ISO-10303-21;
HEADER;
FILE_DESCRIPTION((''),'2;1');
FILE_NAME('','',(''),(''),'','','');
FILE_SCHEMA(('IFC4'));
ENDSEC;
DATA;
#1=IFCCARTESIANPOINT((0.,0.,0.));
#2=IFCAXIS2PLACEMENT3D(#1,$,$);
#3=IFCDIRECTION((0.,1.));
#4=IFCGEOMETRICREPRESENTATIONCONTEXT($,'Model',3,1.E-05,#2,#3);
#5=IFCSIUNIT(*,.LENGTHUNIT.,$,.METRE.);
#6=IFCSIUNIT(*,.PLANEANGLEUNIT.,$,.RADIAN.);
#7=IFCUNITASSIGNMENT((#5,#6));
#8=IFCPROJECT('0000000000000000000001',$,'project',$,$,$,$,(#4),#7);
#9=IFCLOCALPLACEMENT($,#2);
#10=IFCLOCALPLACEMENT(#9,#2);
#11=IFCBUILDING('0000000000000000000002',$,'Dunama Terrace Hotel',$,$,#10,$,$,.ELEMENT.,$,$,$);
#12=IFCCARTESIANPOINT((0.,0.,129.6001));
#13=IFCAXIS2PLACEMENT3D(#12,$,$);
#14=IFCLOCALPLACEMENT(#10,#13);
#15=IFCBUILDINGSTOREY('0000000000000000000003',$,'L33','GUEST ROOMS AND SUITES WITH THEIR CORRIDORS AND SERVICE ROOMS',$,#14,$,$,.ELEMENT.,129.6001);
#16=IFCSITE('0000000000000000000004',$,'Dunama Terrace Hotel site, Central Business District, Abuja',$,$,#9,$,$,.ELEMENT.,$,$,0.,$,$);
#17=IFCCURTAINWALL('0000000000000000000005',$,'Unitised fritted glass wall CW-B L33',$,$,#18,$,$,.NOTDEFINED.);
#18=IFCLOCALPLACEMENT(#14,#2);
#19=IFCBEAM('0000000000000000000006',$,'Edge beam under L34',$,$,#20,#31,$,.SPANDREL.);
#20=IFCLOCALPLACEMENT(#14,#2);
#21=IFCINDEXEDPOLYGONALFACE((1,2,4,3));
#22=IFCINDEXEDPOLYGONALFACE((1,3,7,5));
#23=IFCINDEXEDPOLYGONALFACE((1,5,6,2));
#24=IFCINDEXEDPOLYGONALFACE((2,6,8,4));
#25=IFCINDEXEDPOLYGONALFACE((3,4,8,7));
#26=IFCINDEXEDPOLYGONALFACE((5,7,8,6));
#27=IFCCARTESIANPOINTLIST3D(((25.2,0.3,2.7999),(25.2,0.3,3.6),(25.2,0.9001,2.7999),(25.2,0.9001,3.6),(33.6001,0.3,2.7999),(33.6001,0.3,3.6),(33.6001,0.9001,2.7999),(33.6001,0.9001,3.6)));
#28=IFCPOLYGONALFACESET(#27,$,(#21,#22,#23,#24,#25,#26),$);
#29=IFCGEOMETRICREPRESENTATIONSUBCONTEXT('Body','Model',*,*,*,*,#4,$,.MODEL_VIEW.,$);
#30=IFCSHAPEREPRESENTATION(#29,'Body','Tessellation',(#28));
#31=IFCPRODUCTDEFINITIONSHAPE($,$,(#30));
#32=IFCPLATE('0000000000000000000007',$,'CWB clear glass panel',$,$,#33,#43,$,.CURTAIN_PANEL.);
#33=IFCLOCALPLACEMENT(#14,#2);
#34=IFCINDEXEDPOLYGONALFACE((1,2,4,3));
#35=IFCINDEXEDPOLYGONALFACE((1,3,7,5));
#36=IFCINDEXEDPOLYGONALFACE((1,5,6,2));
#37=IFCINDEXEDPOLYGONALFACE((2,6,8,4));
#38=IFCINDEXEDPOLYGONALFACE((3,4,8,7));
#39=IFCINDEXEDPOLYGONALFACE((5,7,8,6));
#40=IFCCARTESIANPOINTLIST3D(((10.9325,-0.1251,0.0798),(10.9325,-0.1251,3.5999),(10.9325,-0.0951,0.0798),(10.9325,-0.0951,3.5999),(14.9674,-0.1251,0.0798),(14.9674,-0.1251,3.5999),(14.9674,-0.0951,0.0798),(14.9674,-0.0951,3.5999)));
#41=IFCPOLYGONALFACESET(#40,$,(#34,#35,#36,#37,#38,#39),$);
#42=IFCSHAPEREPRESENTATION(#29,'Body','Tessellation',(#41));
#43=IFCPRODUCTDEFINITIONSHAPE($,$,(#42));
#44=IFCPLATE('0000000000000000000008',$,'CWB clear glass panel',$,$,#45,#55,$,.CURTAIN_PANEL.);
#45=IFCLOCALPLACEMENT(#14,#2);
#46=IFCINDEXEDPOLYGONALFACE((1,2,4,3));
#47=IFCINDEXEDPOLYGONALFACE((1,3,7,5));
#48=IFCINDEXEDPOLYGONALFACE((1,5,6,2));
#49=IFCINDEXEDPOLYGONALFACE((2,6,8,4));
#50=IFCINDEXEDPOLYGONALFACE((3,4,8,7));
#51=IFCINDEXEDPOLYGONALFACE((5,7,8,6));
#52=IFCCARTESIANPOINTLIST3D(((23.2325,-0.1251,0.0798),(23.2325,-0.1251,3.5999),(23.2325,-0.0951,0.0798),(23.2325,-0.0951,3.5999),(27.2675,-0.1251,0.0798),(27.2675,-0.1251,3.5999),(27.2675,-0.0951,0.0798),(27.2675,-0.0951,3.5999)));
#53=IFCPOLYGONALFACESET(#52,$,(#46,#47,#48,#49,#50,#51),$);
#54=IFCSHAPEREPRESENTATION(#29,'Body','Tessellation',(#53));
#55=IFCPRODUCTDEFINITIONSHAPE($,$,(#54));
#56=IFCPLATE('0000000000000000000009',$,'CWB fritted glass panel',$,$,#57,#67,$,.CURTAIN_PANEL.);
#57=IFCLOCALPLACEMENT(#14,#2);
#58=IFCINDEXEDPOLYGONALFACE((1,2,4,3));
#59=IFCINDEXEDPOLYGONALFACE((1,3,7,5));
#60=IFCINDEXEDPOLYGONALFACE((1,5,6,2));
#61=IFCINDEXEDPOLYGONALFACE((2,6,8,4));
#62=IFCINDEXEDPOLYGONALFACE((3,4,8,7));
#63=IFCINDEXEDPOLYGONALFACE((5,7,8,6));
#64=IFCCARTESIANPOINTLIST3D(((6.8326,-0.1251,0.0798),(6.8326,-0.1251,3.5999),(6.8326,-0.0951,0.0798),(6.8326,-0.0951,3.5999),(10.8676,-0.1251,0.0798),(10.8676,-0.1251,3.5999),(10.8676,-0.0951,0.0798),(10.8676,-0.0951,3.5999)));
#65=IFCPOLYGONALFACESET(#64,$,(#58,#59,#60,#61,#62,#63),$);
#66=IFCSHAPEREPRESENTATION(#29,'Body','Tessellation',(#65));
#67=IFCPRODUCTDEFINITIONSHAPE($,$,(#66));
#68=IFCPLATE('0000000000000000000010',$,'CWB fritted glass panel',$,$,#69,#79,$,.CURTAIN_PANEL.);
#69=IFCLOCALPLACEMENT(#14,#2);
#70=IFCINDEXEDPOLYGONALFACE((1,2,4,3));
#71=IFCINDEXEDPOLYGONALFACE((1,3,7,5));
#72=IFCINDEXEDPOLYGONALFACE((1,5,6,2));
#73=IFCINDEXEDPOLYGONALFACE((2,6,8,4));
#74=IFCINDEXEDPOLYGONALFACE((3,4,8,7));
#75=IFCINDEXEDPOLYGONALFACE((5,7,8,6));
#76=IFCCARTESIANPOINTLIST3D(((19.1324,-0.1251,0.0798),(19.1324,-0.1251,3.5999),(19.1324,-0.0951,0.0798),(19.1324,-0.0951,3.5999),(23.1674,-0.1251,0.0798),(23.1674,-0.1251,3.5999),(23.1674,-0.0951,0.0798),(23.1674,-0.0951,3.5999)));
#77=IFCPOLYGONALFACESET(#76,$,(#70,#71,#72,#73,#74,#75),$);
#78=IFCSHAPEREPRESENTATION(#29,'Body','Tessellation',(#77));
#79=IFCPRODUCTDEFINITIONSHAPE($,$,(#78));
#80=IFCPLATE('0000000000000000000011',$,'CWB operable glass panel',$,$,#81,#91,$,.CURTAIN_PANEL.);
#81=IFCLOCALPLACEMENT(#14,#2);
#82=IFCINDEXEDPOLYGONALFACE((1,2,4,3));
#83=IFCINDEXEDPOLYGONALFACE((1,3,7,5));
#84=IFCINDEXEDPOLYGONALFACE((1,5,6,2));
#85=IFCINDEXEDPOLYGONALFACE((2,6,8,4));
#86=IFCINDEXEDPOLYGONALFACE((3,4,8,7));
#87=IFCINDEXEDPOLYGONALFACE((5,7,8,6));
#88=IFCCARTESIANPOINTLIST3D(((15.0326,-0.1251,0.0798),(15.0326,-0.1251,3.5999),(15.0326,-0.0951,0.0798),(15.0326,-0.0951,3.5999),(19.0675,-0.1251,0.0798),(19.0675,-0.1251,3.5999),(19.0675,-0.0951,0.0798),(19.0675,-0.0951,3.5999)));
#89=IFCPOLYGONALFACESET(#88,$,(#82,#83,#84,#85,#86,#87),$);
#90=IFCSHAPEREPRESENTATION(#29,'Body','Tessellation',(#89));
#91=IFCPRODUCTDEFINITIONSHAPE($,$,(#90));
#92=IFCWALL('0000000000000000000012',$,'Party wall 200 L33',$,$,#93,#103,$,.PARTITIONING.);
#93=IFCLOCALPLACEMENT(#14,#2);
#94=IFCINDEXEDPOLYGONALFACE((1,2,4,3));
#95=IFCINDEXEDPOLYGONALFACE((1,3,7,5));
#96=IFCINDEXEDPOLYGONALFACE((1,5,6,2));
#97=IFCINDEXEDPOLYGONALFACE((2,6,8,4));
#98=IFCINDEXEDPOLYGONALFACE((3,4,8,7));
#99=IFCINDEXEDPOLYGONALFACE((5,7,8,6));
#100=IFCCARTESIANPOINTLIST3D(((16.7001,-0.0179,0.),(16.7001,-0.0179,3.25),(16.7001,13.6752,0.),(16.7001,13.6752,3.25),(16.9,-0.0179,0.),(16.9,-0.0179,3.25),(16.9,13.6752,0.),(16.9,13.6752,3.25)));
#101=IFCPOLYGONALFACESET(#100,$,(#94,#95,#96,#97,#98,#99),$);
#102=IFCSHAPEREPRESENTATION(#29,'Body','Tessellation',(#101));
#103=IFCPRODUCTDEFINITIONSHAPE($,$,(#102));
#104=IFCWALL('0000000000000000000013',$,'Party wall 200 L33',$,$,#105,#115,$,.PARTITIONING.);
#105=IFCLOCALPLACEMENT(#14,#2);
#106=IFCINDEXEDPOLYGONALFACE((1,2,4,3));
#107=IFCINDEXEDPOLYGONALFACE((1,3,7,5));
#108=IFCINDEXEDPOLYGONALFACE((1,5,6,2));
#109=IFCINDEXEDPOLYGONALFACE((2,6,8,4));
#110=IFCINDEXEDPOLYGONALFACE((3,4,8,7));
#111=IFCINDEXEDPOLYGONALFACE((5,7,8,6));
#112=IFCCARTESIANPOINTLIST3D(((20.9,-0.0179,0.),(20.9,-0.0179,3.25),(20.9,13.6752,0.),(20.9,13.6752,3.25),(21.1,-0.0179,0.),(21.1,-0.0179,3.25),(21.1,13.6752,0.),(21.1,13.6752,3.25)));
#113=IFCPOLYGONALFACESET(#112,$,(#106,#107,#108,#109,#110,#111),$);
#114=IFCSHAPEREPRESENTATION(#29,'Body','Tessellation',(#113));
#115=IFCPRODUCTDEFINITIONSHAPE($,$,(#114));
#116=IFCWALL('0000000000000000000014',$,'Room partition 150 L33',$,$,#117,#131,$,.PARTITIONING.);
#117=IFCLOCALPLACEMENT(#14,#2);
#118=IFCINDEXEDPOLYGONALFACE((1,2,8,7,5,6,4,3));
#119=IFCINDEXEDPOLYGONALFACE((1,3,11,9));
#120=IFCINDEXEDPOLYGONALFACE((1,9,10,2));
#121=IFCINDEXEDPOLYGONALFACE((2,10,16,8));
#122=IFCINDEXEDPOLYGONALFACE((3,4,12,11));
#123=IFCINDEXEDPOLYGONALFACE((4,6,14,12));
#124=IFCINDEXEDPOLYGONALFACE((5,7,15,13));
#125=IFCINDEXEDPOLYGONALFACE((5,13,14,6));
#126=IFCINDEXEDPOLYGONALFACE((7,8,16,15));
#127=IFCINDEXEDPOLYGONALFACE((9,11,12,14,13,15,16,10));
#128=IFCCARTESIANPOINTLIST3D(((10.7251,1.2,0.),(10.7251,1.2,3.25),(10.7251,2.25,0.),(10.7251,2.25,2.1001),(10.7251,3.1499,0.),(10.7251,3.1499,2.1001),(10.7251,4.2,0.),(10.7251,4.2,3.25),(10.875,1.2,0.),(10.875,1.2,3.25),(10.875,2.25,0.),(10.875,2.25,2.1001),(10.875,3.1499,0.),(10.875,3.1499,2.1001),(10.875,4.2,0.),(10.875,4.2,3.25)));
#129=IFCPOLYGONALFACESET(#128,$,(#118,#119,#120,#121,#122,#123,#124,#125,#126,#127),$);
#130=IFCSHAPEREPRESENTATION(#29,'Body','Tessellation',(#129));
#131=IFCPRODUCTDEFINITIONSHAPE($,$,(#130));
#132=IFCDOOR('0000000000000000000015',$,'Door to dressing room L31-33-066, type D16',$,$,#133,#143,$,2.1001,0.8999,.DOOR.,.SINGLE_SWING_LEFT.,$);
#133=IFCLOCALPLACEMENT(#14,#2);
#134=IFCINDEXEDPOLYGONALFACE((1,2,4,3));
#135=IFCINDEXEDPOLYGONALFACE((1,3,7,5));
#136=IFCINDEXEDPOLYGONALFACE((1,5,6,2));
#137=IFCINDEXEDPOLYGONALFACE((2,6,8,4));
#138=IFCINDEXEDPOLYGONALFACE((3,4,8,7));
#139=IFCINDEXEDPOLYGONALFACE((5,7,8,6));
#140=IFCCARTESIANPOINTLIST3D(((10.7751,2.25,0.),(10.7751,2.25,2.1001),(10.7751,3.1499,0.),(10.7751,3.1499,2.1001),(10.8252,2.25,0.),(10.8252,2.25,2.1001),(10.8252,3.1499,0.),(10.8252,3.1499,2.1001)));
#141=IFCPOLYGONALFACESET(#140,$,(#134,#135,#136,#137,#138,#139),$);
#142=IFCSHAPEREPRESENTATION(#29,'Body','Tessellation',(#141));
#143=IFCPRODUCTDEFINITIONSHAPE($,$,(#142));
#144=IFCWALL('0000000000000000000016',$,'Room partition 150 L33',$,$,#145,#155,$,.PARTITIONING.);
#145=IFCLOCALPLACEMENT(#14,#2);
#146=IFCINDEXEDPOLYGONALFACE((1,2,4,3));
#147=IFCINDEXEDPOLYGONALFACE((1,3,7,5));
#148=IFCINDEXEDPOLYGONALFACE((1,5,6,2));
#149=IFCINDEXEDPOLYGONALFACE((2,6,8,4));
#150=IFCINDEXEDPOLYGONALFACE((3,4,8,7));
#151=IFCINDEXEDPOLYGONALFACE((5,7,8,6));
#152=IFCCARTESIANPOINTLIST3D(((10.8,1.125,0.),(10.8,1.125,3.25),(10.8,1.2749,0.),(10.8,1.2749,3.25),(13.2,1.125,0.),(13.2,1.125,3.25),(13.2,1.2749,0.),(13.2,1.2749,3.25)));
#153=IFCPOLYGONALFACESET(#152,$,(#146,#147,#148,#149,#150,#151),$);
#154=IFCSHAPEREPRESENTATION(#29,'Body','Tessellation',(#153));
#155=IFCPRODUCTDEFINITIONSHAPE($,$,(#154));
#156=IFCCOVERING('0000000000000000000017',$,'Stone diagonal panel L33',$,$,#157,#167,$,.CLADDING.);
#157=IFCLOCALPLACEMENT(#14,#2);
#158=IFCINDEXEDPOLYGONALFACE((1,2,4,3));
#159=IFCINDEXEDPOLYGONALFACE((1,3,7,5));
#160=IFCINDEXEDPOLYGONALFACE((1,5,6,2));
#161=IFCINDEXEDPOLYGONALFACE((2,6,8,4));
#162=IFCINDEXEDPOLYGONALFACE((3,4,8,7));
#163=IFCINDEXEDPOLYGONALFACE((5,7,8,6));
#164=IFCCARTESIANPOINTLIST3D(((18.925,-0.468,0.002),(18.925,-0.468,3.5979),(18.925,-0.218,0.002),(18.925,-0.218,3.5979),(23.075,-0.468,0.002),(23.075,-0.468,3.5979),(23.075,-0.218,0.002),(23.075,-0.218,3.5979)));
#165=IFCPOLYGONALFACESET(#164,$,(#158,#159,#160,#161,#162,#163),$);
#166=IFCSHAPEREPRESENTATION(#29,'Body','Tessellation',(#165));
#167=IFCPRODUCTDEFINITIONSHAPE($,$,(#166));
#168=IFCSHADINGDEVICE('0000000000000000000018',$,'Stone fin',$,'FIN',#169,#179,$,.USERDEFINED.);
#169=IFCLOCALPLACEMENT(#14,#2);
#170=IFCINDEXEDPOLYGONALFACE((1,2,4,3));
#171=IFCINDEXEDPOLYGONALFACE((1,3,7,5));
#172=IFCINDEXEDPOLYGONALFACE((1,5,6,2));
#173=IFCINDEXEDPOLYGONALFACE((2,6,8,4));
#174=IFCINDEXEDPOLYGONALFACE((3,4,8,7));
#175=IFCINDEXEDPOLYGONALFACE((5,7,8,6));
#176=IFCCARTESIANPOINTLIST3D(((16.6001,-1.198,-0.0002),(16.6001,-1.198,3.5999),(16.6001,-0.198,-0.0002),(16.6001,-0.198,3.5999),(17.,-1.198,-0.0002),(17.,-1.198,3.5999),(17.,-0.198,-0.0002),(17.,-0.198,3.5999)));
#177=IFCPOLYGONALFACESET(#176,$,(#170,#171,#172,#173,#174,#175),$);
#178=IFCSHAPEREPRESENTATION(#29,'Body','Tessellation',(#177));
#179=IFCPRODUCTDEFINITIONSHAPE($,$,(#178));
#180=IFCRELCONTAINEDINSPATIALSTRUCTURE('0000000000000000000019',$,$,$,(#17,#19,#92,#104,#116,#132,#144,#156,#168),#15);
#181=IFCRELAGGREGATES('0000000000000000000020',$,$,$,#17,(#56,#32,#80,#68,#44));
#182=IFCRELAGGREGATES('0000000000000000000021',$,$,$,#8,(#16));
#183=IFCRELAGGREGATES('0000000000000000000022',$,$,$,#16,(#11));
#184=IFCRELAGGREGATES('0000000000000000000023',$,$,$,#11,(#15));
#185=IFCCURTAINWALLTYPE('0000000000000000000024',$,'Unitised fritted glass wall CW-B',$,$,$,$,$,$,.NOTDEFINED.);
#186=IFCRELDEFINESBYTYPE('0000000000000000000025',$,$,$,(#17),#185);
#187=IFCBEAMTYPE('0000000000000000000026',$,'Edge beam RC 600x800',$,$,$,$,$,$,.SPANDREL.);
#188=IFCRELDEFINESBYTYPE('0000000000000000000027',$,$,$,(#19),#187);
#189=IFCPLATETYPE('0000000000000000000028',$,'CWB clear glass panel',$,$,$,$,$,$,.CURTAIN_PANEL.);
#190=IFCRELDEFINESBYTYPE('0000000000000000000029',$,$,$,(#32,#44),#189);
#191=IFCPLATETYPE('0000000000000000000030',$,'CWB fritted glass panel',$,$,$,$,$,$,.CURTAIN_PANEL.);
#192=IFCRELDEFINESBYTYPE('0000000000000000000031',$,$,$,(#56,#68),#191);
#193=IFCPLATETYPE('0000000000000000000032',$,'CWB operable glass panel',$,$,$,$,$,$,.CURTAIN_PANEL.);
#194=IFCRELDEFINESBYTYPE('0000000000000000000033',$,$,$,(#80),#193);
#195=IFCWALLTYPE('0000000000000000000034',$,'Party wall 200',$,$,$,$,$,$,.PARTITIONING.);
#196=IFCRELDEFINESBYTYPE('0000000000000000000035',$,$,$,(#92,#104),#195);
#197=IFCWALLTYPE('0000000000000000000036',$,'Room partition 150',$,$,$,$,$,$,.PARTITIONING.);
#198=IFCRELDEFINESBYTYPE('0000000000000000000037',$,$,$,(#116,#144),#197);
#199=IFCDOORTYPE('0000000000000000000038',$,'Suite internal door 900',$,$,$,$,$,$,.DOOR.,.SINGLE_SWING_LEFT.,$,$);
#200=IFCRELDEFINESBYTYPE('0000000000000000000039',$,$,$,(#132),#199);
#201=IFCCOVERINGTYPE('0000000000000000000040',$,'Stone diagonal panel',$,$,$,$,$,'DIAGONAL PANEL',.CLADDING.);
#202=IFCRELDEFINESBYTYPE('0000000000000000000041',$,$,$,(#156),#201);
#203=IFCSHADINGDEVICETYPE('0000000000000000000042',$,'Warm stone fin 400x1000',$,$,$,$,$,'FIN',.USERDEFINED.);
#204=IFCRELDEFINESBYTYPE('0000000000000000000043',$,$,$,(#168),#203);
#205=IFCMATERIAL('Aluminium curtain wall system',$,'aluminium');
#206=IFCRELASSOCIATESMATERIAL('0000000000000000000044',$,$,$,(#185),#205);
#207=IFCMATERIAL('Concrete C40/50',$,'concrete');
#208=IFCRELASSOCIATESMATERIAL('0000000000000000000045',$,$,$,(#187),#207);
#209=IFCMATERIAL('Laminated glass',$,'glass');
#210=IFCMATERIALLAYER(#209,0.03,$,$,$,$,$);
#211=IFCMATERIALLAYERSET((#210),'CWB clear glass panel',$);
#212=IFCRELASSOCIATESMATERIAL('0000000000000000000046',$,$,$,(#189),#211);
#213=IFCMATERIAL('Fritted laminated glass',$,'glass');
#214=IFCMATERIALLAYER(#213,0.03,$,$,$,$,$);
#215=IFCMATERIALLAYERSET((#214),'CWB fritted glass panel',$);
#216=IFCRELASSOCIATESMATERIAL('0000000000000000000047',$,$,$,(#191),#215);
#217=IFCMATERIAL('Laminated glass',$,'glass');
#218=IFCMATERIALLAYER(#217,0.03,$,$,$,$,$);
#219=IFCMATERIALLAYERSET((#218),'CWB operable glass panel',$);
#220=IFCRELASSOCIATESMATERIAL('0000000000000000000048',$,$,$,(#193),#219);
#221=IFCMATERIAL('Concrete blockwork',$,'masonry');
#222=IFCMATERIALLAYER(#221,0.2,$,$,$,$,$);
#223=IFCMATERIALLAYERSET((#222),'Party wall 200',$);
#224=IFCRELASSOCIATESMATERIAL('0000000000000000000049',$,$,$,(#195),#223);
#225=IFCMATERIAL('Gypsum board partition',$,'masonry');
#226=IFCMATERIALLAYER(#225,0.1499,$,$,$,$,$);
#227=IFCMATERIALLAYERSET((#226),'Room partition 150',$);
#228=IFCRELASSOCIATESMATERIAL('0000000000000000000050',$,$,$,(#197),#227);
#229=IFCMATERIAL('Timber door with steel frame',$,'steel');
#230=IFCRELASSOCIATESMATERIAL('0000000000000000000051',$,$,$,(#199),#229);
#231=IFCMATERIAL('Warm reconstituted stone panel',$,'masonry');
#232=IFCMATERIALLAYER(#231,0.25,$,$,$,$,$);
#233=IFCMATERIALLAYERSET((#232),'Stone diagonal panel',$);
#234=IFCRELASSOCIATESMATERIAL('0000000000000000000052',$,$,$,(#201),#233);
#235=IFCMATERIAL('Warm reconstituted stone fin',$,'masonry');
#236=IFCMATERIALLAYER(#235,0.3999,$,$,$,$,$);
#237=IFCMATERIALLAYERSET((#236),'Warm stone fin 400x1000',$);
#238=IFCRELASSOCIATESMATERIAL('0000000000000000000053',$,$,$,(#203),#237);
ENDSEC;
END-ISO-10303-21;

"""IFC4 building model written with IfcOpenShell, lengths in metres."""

from ifc_helpers import new_model, si_unit, direction, frame, frame_2d, origin, origin_2d, place, context, subcontext, project, spatial, rectangle, extrude, material, layer, layer_set, material_profile, profile_set, type_object, element, fill, aggregate, save


model = new_model("IFC4")

# Units and contexts
model_context = context("Model", 3, precision=1e-05, world=origin(), true_north=direction((0.0, 1.0)))
body_context = subcontext(model_context, "Body", "Model", "MODEL_VIEW")
ifc_project = project(units=[si_unit("LENGTHUNIT", "METRE"), si_unit("PLANEANGLEUNIT", "RADIAN")], contexts=[model_context])

# Site, building, storey
site_placement = place(None, origin())
site = spatial("IfcSite", under=ifc_project, at=site_placement, Name="Dunama Terrace Hotel site, Central Business District, Abuja", CompositionType="ELEMENT", RefElevation=0.0)
building_placement = place(site_placement, origin())
building = spatial("IfcBuilding", under=site, at=building_placement, Name="Dunama Terrace Hotel", CompositionType="ELEMENT")
storey_placement = place(building_placement, frame((0.0, 0.0, 129.6001)))
storey = spatial("IfcBuildingStorey", under=building, at=storey_placement, Name="L33", Description="GUEST ROOMS AND SUITES WITH THEIR CORRIDORS AND SERVICE ROOMS", CompositionType="ELEMENT", Elevation=129.6001)

# Curtain wall
ifc_material_1 = material(Name="Aluminium curtain wall system", Category="aluminium")
curtain_wall_type = type_object("IfcCurtainWallType", Name="Unitised fritted glass wall CW-B", PredefinedType="NOTDEFINED", material=ifc_material_1)
curtain_wall_placement = place(storey_placement, origin())
curtain_wall = element("IfcCurtainWall", 1, at=curtain_wall_placement, inside=storey, type_object=curtain_wall_type, Name="Unitised fritted glass wall CW-B L33", PredefinedType="NOTDEFINED")

# Beam
ifc_material_2 = material(Name="Concrete C40/50", Category="concrete")
ifc_material_profile_1 = material_profile(ifc_material_2, rectangle(XDim=0.6001, YDim=0.8, at=origin_2d()), Name="RC 600x800")
ifc_profile_set_1 = profile_set([ifc_material_profile_1], Name="Concrete C40/50")
beam_type_1 = type_object("IfcBeamType", Name="Edge beam RC 600x800", PredefinedType="SPANDREL", material=ifc_profile_set_1)
beam_1_placement = place(storey_placement, frame((25.2, 0.6001, 3.2), z_axis=(1.0, 0.0, 0.0), x_axis=(0.0, 1.0, 0.0)))
element("IfcBeam", 2, at=beam_1_placement, inside=storey, type_object=beam_type_1, Name="Edge beam under L34", PredefinedType="SPANDREL", context=body_context, shape_type="SweptSolid", body=[
    extrude(rectangle(XDim=0.6001, YDim=0.8, at=origin_2d()), origin(), (0.0, 0.0, 1.0), 8.4001),
])

# Plates
ifc_material_3 = material(Name="Laminated glass", Category="glass")
ifc_layer_1 = layer(ifc_material_3, 0.03)
ifc_layer_set_1 = layer_set([ifc_layer_1], Name="CWB clear glass panel")
plate_type_1 = type_object("IfcPlateType", Name="CWB clear glass panel", PredefinedType="CURTAIN_PANEL", material=ifc_layer_set_1)
plate_1_placement = place(storey_placement, frame((12.95, -0.1101, 0.0798), z_axis=(0.0, 0.0, 1.0), x_axis=(1.0, 0.0, 0.0)))
plate_1 = element("IfcPlate", 3, at=plate_1_placement, type_object=plate_type_1, Name="CWB clear glass panel", PredefinedType="CURTAIN_PANEL", context=body_context, shape_type="SweptSolid", body=[
    extrude(rectangle(XDim=4.0349, YDim=0.03, at=origin_2d()), origin(), (0.0, 0.0, 1.0), 3.52),
])
plate_2_placement = place(storey_placement, frame((25.25, -0.1101, 0.0798), z_axis=(0.0, 0.0, 1.0), x_axis=(1.0, 0.0, 0.0)))
plate_2 = element("IfcPlate", 4, at=plate_2_placement, type_object=plate_type_1, Name="CWB clear glass panel", PredefinedType="CURTAIN_PANEL", context=body_context, shape_type="SweptSolid", body=[
    extrude(rectangle(XDim=4.0349, YDim=0.03, at=origin_2d()), origin(), (0.0, 0.0, 1.0), 3.52),
])
ifc_material_4 = material(Name="Fritted laminated glass", Category="glass")
ifc_layer_2 = layer(ifc_material_4, 0.03)
ifc_layer_set_2 = layer_set([ifc_layer_2], Name="CWB fritted glass panel")
plate_type_2 = type_object("IfcPlateType", Name="CWB fritted glass panel", PredefinedType="CURTAIN_PANEL", material=ifc_layer_set_2)
plate_3_placement = place(storey_placement, frame((8.8501, -0.1101, 0.0798), z_axis=(0.0, 0.0, 1.0), x_axis=(1.0, 0.0, 0.0)))
plate_3 = element("IfcPlate", 5, at=plate_3_placement, type_object=plate_type_2, Name="CWB fritted glass panel", PredefinedType="CURTAIN_PANEL", context=body_context, shape_type="SweptSolid", body=[
    extrude(rectangle(XDim=4.0349, YDim=0.03, at=origin_2d()), origin(), (0.0, 0.0, 1.0), 3.52),
])
plate_4_placement = place(storey_placement, frame((21.1499, -0.1101, 0.0798), z_axis=(0.0, 0.0, 1.0), x_axis=(1.0, 0.0, 0.0)))
plate_4 = element("IfcPlate", 6, at=plate_4_placement, type_object=plate_type_2, Name="CWB fritted glass panel", PredefinedType="CURTAIN_PANEL", context=body_context, shape_type="SweptSolid", body=[
    extrude(rectangle(XDim=4.0349, YDim=0.03, at=origin_2d()), origin(), (0.0, 0.0, 1.0), 3.52),
])
ifc_material_5 = material(Name="Laminated glass", Category="glass")
ifc_layer_3 = layer(ifc_material_5, 0.03)
ifc_layer_set_3 = layer_set([ifc_layer_3], Name="CWB operable glass panel")
plate_type_3 = type_object("IfcPlateType", Name="CWB operable glass panel", PredefinedType="CURTAIN_PANEL", material=ifc_layer_set_3)
plate_5_placement = place(storey_placement, frame((17.05, -0.1101, 0.0798), z_axis=(0.0, 0.0, 1.0), x_axis=(1.0, 0.0, 0.0)))
plate_5 = element("IfcPlate", 7, at=plate_5_placement, type_object=plate_type_3, Name="CWB operable glass panel", PredefinedType="CURTAIN_PANEL", context=body_context, shape_type="SweptSolid", body=[
    extrude(rectangle(XDim=4.0349, YDim=0.03, at=origin_2d()), origin(), (0.0, 0.0, 1.0), 3.52),
])
aggregate(curtain_wall, [plate_3, plate_1, plate_5, plate_4, plate_2])

# Walls
ifc_material_6 = material(Name="Concrete blockwork", Category="masonry")
ifc_layer_4 = layer(ifc_material_6, 0.2)
ifc_layer_set_4 = layer_set([ifc_layer_4], Name="Party wall 200")
wall_type_1 = type_object("IfcWallType", Name="Party wall 200", PredefinedType="PARTITIONING", material=ifc_layer_set_4)
for number, where, z_axis, x_axis, name in (
    (8, (16.8, -0.0181, 0.0), (0.0, 0.0, 1.0), (0.0, 1.0, 0.0), "Party wall 200 L33"),
    (9, (21.0, -0.0181, 0.0), (0.0, 0.0, 1.0), (0.0, 1.0, 0.0), "Party wall 200 L33"),
):
    element("IfcWall", number, at=place(storey_placement, frame(where, z_axis=z_axis, x_axis=x_axis)), inside=storey, type_object=wall_type_1, Name=name, PredefinedType="PARTITIONING", context=body_context, shape_type="SweptSolid", body=[
        extrude(rectangle(XDim=13.6931, YDim=0.2, at=frame_2d((6.8467, 0.0))), origin(), (0.0, 0.0, 1.0), 3.25),
    ])

# Wall, opening, door
ifc_material_7 = material(Name="Gypsum board partition", Category="masonry")
ifc_layer_5 = layer(ifc_material_7, 0.1499)
ifc_layer_set_5 = layer_set([ifc_layer_5], Name="Room partition 150")
wall_type_2 = type_object("IfcWallType", Name="Room partition 150", PredefinedType="PARTITIONING", material=ifc_layer_set_5)
wall_1_placement = place(storey_placement, frame((10.8, 1.2, 0.0), z_axis=(0.0, 0.0, 1.0), x_axis=(0.0, 1.0, 0.0)))
wall_1 = element("IfcWall", 10, at=wall_1_placement, inside=storey, type_object=wall_type_2, Name="Room partition 150 L33", PredefinedType="PARTITIONING", context=body_context, shape_type="SweptSolid", body=[
    extrude(rectangle(XDim=3.0, YDim=0.1499, at=frame_2d((1.5, 0.0))), origin(), (0.0, 0.0, 1.0), 3.25),
])
opening_placement = place(wall_1_placement, frame((1.05, 0.0, 0.0)))
opening = element("IfcOpeningElement", 11, at=opening_placement, cuts=wall_1, PredefinedType="OPENING", context=body_context, shape_type="SweptSolid", body=[
    extrude(rectangle(XDim=0.8999, YDim=2.1001, at=frame_2d((0.45, 1.05))), frame((0.0, 0.085, 0.0), z_axis=(0.0, -1.0, 0.0), x_axis=(1.0, 0.0, 0.0)), (0.0, 0.0, 1.0), 0.1699),
])
ifc_material_8 = material(Name="Timber door with steel frame", Category="steel")
door_type = type_object("IfcDoorType", Name="Suite internal door 900", OperationType="SINGLE_SWING_LEFT", PredefinedType="DOOR", material=ifc_material_8)
door_placement = place(opening_placement, frame((0.8999, 0.0, 0.0), z_axis=(0.0, 0.0, 1.0), x_axis=(-1.0, 0.0, 0.0)))
door = element("IfcDoor", 12, at=door_placement, inside=storey, type_object=door_type, Name="Door to dressing room L31-33-066, type D16", OperationType="SINGLE_SWING_LEFT", OverallHeight=2.1001, OverallWidth=0.8999, PredefinedType="DOOR", context=body_context, shape_type="SweptSolid", body=[
    extrude(rectangle(XDim=0.8999, YDim=2.1001, at=frame_2d((0.45, 1.05))), frame((0.0, 0.0251, 0.0), z_axis=(0.0, -1.0, 0.0), x_axis=(1.0, 0.0, 0.0)), (0.0, 0.0, 1.0), 0.05),
])
fill(opening, door)

# Wall
wall_2_placement = place(storey_placement, frame((10.8, 1.2, 0.0), z_axis=(0.0, 0.0, 1.0), x_axis=(1.0, 0.0, 0.0)))
element("IfcWall", 13, at=wall_2_placement, inside=storey, type_object=wall_type_2, Name="Room partition 150 L33", PredefinedType="PARTITIONING", context=body_context, shape_type="SweptSolid", body=[
    extrude(rectangle(XDim=2.3999, YDim=0.1499, at=frame_2d((1.2, 0.0))), origin(), (0.0, 0.0, 1.0), 3.25),
])

# Covering
ifc_material_9 = material(Name="Warm reconstituted stone panel", Category="masonry")
ifc_layer_6 = layer(ifc_material_9, 0.25)
ifc_layer_set_6 = layer_set([ifc_layer_6], Name="Stone diagonal panel")
covering_type = type_object("IfcCoveringType", Name="Stone diagonal panel", ElementType="DIAGONAL PANEL", PredefinedType="CLADDING", material=ifc_layer_set_6)
covering_placement = place(storey_placement, frame((21.0, -0.343, 0.002), z_axis=(0.0, 0.0, 1.0), x_axis=(1.0, 0.0, 0.0)))
element("IfcCovering", 14, at=covering_placement, inside=storey, type_object=covering_type, Name="Stone diagonal panel L33", PredefinedType="CLADDING", context=body_context, shape_type="SweptSolid", body=[
    extrude(rectangle(XDim=4.1499, YDim=0.25, at=origin_2d()), origin(), (0.0, 0.0, 1.0), 3.5959),
])

# Shading device
ifc_material_10 = material(Name="Warm reconstituted stone fin", Category="masonry")
ifc_layer_7 = layer(ifc_material_10, 0.3999)
ifc_layer_set_7 = layer_set([ifc_layer_7], Name="Warm stone fin 400x1000")
shading_device_type = type_object("IfcShadingDeviceType", Name="Warm stone fin 400x1000", ElementType="FIN", PredefinedType="USERDEFINED", material=ifc_layer_set_7)
shading_device_placement = place(storey_placement, frame((16.8, -0.698, -0.0002), z_axis=(0.0, 0.0, 1.0), x_axis=(1.0, 0.0, 0.0)))
element("IfcShadingDevice", 15, at=shading_device_placement, inside=storey, type_object=shading_device_type, Name="Stone fin", ObjectType="FIN", PredefinedType="USERDEFINED", context=body_context, shape_type="SweptSolid", body=[
    extrude(rectangle(XDim=0.3999, YDim=1.0, at=origin_2d()), origin(), (0.0, 0.0, 1.0), 3.6001),
])

save(model, "model.ifc")
